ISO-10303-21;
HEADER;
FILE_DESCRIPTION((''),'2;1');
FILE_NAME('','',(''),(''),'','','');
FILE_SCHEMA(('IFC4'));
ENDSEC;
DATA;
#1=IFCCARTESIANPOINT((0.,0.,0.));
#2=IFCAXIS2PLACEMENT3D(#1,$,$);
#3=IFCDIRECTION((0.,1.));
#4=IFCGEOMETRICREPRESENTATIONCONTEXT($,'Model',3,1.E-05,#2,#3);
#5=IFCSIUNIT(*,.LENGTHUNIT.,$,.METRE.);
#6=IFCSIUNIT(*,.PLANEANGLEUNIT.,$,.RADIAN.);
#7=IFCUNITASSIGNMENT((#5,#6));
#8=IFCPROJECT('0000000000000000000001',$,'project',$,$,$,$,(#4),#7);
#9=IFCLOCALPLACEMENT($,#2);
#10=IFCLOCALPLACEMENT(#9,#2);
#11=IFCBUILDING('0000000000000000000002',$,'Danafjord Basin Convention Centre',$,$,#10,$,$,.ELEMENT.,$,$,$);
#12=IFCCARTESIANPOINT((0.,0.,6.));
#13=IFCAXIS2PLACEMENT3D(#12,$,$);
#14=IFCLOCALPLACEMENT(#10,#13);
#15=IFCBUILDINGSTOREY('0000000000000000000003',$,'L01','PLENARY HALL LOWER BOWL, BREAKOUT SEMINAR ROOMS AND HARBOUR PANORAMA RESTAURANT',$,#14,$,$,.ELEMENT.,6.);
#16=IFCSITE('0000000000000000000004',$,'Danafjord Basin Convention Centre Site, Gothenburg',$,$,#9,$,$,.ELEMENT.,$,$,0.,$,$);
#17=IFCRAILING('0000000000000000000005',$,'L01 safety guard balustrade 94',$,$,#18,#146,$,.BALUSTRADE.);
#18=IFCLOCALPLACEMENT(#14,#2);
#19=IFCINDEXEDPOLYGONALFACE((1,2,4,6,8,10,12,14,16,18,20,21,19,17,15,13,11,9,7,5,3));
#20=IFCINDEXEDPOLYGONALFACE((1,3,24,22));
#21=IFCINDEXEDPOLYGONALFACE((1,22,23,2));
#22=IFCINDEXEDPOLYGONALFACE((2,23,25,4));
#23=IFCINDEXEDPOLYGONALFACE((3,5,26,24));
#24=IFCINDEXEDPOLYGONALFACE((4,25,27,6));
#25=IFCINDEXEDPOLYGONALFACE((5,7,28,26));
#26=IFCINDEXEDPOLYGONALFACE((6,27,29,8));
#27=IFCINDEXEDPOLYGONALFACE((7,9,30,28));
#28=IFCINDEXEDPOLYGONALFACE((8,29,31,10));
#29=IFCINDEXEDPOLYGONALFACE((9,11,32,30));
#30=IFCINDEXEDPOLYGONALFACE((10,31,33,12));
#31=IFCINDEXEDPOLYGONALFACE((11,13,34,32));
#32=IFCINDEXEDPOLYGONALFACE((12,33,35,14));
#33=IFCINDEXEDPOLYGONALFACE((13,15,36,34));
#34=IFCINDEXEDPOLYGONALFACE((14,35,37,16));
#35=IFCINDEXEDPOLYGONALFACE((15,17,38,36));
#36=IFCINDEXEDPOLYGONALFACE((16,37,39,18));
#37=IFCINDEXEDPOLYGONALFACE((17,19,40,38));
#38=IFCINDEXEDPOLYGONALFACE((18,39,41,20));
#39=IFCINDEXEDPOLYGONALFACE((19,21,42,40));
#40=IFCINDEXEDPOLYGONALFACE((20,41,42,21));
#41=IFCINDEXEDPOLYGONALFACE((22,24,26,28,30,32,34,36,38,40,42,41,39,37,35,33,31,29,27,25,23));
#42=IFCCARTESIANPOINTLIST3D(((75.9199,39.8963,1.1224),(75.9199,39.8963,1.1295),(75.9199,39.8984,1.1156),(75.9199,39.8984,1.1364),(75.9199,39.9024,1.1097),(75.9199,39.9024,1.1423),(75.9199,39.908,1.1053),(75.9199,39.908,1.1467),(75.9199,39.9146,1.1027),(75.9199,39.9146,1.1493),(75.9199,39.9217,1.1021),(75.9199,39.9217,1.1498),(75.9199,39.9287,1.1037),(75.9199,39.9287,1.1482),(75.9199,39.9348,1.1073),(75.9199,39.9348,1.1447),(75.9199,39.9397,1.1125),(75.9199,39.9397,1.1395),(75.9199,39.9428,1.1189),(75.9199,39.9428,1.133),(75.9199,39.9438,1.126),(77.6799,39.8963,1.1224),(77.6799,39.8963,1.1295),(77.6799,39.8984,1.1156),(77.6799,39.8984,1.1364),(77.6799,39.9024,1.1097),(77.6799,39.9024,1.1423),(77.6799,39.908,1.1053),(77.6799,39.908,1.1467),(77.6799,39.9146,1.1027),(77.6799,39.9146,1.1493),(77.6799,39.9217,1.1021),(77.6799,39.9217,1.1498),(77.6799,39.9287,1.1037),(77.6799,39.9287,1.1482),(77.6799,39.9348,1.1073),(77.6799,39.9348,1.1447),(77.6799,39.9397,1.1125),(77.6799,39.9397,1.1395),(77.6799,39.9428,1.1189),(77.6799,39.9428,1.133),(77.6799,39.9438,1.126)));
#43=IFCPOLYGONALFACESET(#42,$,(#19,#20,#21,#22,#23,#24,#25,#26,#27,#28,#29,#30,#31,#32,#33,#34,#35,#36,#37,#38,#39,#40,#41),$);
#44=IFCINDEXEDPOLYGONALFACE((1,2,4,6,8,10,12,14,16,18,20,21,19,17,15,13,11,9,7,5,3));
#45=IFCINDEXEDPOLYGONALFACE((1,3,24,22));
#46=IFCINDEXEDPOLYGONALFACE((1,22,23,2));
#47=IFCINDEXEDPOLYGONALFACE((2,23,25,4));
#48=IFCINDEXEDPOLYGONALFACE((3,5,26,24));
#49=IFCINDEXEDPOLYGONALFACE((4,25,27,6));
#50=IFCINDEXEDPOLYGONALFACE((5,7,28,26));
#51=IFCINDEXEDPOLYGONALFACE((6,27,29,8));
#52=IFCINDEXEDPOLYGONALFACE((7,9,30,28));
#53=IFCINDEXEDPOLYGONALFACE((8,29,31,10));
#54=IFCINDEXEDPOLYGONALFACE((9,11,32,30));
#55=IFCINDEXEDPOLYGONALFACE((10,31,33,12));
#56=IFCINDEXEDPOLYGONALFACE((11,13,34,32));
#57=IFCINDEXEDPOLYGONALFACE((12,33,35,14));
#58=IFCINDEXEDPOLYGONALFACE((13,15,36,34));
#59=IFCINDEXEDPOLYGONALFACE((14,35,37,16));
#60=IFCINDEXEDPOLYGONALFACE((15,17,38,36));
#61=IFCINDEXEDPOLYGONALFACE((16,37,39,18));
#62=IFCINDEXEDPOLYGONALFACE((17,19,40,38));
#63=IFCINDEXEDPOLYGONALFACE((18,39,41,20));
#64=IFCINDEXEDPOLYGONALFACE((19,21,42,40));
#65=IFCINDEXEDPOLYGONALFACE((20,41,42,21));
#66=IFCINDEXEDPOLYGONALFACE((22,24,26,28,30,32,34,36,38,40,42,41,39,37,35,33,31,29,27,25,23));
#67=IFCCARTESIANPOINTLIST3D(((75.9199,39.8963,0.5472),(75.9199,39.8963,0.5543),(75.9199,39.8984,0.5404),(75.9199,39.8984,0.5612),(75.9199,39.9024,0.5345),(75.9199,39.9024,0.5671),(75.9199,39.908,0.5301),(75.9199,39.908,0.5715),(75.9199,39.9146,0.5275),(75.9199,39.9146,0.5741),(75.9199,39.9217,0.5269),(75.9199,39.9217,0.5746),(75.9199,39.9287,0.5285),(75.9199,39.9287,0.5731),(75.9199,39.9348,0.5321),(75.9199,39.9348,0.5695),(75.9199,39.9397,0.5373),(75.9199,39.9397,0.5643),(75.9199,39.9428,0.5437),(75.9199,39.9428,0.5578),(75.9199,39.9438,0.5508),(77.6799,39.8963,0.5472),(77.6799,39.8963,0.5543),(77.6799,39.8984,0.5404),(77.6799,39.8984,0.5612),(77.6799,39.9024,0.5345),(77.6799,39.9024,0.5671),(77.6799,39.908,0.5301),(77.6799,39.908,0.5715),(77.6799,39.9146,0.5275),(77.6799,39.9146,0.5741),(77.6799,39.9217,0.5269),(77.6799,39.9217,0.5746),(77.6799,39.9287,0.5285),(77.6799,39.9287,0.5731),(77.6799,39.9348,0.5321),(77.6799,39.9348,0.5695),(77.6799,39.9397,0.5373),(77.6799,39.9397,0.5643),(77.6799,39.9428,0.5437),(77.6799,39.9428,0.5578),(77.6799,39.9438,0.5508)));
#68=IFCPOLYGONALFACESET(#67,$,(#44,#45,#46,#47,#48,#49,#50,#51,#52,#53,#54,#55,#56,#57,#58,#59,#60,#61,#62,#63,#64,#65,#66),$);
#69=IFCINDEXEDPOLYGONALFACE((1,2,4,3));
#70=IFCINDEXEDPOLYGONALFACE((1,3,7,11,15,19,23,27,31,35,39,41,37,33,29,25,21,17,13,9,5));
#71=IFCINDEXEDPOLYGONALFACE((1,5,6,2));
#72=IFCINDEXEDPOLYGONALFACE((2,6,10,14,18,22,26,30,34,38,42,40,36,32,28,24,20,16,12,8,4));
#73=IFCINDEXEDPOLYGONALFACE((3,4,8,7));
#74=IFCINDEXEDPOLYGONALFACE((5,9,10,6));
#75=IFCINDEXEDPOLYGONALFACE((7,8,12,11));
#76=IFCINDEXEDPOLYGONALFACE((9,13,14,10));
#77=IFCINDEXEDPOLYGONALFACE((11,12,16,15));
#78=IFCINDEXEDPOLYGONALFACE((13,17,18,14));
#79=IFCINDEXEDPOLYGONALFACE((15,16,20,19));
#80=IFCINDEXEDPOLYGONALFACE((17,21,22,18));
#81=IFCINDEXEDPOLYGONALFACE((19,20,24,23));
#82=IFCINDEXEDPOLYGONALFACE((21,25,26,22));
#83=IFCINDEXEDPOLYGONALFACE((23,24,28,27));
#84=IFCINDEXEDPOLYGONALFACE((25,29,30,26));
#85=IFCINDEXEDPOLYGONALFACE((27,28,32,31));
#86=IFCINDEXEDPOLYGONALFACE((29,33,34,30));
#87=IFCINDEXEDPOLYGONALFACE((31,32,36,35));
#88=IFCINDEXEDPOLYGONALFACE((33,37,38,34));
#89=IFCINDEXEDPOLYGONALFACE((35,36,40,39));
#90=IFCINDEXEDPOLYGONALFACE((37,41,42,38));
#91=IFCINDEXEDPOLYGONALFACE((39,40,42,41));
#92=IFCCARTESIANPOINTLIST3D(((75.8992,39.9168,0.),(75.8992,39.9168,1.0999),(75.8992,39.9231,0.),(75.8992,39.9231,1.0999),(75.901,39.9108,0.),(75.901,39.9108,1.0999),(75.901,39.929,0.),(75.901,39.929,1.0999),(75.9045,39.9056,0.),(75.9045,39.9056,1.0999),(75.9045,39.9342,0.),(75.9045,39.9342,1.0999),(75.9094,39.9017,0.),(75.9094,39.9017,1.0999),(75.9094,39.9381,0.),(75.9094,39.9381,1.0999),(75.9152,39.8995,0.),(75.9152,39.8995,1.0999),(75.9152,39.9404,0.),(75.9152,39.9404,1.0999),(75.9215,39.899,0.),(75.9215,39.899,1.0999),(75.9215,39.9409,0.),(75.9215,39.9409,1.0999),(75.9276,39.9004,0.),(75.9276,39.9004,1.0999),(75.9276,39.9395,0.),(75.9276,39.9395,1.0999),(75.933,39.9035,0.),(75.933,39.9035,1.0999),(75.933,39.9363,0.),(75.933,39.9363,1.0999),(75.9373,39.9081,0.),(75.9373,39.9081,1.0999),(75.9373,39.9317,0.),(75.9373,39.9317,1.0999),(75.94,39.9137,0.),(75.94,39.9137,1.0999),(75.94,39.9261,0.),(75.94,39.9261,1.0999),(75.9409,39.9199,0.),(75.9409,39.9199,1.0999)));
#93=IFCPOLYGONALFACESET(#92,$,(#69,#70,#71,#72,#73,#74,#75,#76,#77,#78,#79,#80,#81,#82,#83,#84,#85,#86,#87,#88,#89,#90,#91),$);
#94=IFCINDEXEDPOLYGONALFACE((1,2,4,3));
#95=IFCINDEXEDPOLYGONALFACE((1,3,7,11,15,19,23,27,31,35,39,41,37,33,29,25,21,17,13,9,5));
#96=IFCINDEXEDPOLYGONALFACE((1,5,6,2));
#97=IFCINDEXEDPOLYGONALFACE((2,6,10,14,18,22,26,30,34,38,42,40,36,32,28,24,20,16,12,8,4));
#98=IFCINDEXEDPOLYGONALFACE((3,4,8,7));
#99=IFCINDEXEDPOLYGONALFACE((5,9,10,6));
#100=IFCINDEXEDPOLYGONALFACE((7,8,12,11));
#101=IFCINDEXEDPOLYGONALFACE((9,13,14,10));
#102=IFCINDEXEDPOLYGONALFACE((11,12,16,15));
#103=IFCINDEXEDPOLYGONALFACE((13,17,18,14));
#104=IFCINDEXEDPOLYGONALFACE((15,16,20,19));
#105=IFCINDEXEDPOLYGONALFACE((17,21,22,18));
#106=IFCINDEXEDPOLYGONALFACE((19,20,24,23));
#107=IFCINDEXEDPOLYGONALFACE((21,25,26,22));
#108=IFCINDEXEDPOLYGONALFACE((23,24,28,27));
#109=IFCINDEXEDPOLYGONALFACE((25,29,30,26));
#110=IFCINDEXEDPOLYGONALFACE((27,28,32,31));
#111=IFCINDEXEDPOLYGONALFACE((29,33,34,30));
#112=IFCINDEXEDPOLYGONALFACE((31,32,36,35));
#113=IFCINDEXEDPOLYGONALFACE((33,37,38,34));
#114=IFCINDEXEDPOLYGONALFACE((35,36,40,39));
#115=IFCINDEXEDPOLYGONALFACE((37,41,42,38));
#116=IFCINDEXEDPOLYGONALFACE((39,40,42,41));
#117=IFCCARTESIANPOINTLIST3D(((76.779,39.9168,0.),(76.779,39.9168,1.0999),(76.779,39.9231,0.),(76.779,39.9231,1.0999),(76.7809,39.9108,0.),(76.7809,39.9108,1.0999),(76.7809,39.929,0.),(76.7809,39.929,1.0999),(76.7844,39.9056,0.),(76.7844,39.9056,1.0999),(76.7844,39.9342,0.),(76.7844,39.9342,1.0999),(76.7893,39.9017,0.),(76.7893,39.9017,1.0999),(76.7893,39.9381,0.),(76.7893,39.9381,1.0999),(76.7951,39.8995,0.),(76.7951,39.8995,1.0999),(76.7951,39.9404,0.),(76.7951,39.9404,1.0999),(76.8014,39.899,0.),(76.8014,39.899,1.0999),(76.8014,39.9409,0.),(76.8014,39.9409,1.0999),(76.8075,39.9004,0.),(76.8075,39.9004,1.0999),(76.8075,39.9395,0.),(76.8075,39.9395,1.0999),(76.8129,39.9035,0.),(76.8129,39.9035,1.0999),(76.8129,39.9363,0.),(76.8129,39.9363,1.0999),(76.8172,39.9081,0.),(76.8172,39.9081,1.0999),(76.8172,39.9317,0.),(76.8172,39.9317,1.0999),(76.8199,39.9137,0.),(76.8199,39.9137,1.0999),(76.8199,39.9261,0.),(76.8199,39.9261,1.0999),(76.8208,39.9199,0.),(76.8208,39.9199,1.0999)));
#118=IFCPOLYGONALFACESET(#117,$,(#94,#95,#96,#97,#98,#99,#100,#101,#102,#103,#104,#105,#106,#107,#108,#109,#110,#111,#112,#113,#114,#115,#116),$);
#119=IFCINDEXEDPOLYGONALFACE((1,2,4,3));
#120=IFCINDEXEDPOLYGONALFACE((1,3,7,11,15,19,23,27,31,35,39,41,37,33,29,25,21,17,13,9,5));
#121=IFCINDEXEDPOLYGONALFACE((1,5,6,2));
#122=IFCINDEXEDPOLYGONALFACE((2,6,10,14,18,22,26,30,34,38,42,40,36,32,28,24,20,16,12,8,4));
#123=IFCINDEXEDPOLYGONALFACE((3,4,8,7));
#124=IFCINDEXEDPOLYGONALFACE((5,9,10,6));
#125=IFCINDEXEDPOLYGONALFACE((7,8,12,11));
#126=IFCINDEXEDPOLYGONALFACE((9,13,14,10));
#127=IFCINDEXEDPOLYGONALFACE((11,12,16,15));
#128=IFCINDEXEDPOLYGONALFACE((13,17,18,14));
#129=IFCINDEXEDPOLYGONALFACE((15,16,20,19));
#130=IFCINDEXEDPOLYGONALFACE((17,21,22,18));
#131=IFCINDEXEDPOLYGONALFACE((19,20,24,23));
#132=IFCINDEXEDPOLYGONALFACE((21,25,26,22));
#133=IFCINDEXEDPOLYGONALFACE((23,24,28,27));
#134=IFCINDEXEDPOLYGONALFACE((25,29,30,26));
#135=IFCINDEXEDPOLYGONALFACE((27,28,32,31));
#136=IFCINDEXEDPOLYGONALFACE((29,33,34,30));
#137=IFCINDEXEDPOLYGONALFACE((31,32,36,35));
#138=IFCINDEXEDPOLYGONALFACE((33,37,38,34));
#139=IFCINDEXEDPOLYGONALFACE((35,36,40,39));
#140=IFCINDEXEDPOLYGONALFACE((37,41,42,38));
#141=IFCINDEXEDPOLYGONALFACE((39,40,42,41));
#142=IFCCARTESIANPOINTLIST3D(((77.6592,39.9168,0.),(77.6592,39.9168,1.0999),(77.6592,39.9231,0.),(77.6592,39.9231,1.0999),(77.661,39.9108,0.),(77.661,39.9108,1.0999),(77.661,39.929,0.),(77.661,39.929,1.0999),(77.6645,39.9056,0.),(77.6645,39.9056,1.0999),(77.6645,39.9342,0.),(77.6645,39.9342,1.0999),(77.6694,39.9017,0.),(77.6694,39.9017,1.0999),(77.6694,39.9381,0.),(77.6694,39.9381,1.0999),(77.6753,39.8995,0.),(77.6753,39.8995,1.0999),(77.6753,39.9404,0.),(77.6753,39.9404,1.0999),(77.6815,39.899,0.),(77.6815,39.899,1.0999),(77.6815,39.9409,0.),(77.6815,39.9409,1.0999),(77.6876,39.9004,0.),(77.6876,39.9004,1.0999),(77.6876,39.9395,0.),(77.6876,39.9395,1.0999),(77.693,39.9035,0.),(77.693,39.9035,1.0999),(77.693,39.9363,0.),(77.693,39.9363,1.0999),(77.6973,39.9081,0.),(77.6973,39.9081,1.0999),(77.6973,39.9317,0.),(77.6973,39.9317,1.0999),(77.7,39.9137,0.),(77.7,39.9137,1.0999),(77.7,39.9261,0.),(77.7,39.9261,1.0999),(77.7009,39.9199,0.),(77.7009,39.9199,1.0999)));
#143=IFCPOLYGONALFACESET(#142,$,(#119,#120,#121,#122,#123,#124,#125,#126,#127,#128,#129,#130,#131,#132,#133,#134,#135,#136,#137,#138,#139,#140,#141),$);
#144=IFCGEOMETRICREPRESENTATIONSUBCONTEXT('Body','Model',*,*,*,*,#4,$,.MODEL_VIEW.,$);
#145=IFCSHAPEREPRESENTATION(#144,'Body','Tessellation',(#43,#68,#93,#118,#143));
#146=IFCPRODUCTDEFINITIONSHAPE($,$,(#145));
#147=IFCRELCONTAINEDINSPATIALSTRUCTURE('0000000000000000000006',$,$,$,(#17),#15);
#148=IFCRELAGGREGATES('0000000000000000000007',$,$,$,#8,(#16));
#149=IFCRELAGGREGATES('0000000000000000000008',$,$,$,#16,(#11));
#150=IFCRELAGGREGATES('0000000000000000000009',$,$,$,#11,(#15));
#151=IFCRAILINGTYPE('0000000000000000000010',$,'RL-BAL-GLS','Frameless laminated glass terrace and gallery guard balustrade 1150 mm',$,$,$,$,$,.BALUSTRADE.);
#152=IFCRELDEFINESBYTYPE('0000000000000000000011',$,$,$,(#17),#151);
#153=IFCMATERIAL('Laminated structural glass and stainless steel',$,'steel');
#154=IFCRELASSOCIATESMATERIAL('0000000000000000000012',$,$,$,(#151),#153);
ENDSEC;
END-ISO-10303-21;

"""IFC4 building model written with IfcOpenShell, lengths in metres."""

from ifc_helpers import new_model, si_unit, direction, frame, origin, origin_2d, place, context, subcontext, project, spatial, circle, extrude, material, type_object, element, save


model = new_model("IFC4")

# Units and contexts
model_context = context("Model", 3, precision=1e-05, world=origin(), true_north=direction((0.0, 1.0)))
body_context = subcontext(model_context, "Body", "Model", "MODEL_VIEW")
ifc_project = project(units=[si_unit("LENGTHUNIT", "METRE"), si_unit("PLANEANGLEUNIT", "RADIAN")], contexts=[model_context])

# Site, building, storey
site_placement = place(None, origin())
site = spatial("IfcSite", under=ifc_project, at=site_placement, Name="Danafjord Basin Convention Centre Site, Gothenburg", CompositionType="ELEMENT", RefElevation=0.0)
building_placement = place(site_placement, origin())
building = spatial("IfcBuilding", under=site, at=building_placement, Name="Danafjord Basin Convention Centre", CompositionType="ELEMENT")
storey_placement = place(building_placement, frame((0.0, 0.0, 6.0)))
storey = spatial("IfcBuildingStorey", under=building, at=storey_placement, Name="L01", Description="PLENARY HALL LOWER BOWL, BREAKOUT SEMINAR ROOMS AND HARBOUR PANORAMA RESTAURANT", CompositionType="ELEMENT", Elevation=6.0)

# Railing
ifc_material_1 = material(Name="Laminated structural glass and stainless steel", Category="steel")
railing_type = type_object("IfcRailingType", Name="RL-BAL-GLS", Description="Frameless laminated glass terrace and gallery guard balustrade 1150 mm", PredefinedType="BALUSTRADE", material=ifc_material_1)
for number, where, name in (
    (1, (75.9199, 39.9199, 0.0), "L01 safety guard balustrade 94"),
):
    element("IfcRailing", number, at=place(storey_placement, frame(where)), inside=storey, type_object=railing_type, Name=name, PredefinedType="BALUSTRADE", context=body_context, shape_type="SweptSolid", body=[
        extrude(circle(Radius=0.0239, at=origin_2d()), frame((0.0, 0.0, 1.126), z_axis=(1.0, 0.0, 0.0), x_axis=(0.0, 1.0, 0.0)), (0.0, 0.0, 1.0), 1.76),
        extrude(circle(Radius=0.0239, at=origin_2d()), frame((0.0, 0.0, 0.5508), z_axis=(1.0, 0.0, 0.0), x_axis=(0.0, 1.0, 0.0)), (0.0, 0.0, 1.0), 1.76),
        extrude(circle(Radius=0.021, at=origin_2d()), origin(), (0.0, 0.0, 1.0), 1.0999),
        extrude(circle(Radius=0.021, at=origin_2d()), frame((0.8799, 0.0, 0.0)), (0.0, 0.0, 1.0), 1.0999),
        extrude(circle(Radius=0.021, at=origin_2d()), frame((1.76, 0.0, 0.0)), (0.0, 0.0, 1.0), 1.0999),
    ])

save(model, "model.ifc")
